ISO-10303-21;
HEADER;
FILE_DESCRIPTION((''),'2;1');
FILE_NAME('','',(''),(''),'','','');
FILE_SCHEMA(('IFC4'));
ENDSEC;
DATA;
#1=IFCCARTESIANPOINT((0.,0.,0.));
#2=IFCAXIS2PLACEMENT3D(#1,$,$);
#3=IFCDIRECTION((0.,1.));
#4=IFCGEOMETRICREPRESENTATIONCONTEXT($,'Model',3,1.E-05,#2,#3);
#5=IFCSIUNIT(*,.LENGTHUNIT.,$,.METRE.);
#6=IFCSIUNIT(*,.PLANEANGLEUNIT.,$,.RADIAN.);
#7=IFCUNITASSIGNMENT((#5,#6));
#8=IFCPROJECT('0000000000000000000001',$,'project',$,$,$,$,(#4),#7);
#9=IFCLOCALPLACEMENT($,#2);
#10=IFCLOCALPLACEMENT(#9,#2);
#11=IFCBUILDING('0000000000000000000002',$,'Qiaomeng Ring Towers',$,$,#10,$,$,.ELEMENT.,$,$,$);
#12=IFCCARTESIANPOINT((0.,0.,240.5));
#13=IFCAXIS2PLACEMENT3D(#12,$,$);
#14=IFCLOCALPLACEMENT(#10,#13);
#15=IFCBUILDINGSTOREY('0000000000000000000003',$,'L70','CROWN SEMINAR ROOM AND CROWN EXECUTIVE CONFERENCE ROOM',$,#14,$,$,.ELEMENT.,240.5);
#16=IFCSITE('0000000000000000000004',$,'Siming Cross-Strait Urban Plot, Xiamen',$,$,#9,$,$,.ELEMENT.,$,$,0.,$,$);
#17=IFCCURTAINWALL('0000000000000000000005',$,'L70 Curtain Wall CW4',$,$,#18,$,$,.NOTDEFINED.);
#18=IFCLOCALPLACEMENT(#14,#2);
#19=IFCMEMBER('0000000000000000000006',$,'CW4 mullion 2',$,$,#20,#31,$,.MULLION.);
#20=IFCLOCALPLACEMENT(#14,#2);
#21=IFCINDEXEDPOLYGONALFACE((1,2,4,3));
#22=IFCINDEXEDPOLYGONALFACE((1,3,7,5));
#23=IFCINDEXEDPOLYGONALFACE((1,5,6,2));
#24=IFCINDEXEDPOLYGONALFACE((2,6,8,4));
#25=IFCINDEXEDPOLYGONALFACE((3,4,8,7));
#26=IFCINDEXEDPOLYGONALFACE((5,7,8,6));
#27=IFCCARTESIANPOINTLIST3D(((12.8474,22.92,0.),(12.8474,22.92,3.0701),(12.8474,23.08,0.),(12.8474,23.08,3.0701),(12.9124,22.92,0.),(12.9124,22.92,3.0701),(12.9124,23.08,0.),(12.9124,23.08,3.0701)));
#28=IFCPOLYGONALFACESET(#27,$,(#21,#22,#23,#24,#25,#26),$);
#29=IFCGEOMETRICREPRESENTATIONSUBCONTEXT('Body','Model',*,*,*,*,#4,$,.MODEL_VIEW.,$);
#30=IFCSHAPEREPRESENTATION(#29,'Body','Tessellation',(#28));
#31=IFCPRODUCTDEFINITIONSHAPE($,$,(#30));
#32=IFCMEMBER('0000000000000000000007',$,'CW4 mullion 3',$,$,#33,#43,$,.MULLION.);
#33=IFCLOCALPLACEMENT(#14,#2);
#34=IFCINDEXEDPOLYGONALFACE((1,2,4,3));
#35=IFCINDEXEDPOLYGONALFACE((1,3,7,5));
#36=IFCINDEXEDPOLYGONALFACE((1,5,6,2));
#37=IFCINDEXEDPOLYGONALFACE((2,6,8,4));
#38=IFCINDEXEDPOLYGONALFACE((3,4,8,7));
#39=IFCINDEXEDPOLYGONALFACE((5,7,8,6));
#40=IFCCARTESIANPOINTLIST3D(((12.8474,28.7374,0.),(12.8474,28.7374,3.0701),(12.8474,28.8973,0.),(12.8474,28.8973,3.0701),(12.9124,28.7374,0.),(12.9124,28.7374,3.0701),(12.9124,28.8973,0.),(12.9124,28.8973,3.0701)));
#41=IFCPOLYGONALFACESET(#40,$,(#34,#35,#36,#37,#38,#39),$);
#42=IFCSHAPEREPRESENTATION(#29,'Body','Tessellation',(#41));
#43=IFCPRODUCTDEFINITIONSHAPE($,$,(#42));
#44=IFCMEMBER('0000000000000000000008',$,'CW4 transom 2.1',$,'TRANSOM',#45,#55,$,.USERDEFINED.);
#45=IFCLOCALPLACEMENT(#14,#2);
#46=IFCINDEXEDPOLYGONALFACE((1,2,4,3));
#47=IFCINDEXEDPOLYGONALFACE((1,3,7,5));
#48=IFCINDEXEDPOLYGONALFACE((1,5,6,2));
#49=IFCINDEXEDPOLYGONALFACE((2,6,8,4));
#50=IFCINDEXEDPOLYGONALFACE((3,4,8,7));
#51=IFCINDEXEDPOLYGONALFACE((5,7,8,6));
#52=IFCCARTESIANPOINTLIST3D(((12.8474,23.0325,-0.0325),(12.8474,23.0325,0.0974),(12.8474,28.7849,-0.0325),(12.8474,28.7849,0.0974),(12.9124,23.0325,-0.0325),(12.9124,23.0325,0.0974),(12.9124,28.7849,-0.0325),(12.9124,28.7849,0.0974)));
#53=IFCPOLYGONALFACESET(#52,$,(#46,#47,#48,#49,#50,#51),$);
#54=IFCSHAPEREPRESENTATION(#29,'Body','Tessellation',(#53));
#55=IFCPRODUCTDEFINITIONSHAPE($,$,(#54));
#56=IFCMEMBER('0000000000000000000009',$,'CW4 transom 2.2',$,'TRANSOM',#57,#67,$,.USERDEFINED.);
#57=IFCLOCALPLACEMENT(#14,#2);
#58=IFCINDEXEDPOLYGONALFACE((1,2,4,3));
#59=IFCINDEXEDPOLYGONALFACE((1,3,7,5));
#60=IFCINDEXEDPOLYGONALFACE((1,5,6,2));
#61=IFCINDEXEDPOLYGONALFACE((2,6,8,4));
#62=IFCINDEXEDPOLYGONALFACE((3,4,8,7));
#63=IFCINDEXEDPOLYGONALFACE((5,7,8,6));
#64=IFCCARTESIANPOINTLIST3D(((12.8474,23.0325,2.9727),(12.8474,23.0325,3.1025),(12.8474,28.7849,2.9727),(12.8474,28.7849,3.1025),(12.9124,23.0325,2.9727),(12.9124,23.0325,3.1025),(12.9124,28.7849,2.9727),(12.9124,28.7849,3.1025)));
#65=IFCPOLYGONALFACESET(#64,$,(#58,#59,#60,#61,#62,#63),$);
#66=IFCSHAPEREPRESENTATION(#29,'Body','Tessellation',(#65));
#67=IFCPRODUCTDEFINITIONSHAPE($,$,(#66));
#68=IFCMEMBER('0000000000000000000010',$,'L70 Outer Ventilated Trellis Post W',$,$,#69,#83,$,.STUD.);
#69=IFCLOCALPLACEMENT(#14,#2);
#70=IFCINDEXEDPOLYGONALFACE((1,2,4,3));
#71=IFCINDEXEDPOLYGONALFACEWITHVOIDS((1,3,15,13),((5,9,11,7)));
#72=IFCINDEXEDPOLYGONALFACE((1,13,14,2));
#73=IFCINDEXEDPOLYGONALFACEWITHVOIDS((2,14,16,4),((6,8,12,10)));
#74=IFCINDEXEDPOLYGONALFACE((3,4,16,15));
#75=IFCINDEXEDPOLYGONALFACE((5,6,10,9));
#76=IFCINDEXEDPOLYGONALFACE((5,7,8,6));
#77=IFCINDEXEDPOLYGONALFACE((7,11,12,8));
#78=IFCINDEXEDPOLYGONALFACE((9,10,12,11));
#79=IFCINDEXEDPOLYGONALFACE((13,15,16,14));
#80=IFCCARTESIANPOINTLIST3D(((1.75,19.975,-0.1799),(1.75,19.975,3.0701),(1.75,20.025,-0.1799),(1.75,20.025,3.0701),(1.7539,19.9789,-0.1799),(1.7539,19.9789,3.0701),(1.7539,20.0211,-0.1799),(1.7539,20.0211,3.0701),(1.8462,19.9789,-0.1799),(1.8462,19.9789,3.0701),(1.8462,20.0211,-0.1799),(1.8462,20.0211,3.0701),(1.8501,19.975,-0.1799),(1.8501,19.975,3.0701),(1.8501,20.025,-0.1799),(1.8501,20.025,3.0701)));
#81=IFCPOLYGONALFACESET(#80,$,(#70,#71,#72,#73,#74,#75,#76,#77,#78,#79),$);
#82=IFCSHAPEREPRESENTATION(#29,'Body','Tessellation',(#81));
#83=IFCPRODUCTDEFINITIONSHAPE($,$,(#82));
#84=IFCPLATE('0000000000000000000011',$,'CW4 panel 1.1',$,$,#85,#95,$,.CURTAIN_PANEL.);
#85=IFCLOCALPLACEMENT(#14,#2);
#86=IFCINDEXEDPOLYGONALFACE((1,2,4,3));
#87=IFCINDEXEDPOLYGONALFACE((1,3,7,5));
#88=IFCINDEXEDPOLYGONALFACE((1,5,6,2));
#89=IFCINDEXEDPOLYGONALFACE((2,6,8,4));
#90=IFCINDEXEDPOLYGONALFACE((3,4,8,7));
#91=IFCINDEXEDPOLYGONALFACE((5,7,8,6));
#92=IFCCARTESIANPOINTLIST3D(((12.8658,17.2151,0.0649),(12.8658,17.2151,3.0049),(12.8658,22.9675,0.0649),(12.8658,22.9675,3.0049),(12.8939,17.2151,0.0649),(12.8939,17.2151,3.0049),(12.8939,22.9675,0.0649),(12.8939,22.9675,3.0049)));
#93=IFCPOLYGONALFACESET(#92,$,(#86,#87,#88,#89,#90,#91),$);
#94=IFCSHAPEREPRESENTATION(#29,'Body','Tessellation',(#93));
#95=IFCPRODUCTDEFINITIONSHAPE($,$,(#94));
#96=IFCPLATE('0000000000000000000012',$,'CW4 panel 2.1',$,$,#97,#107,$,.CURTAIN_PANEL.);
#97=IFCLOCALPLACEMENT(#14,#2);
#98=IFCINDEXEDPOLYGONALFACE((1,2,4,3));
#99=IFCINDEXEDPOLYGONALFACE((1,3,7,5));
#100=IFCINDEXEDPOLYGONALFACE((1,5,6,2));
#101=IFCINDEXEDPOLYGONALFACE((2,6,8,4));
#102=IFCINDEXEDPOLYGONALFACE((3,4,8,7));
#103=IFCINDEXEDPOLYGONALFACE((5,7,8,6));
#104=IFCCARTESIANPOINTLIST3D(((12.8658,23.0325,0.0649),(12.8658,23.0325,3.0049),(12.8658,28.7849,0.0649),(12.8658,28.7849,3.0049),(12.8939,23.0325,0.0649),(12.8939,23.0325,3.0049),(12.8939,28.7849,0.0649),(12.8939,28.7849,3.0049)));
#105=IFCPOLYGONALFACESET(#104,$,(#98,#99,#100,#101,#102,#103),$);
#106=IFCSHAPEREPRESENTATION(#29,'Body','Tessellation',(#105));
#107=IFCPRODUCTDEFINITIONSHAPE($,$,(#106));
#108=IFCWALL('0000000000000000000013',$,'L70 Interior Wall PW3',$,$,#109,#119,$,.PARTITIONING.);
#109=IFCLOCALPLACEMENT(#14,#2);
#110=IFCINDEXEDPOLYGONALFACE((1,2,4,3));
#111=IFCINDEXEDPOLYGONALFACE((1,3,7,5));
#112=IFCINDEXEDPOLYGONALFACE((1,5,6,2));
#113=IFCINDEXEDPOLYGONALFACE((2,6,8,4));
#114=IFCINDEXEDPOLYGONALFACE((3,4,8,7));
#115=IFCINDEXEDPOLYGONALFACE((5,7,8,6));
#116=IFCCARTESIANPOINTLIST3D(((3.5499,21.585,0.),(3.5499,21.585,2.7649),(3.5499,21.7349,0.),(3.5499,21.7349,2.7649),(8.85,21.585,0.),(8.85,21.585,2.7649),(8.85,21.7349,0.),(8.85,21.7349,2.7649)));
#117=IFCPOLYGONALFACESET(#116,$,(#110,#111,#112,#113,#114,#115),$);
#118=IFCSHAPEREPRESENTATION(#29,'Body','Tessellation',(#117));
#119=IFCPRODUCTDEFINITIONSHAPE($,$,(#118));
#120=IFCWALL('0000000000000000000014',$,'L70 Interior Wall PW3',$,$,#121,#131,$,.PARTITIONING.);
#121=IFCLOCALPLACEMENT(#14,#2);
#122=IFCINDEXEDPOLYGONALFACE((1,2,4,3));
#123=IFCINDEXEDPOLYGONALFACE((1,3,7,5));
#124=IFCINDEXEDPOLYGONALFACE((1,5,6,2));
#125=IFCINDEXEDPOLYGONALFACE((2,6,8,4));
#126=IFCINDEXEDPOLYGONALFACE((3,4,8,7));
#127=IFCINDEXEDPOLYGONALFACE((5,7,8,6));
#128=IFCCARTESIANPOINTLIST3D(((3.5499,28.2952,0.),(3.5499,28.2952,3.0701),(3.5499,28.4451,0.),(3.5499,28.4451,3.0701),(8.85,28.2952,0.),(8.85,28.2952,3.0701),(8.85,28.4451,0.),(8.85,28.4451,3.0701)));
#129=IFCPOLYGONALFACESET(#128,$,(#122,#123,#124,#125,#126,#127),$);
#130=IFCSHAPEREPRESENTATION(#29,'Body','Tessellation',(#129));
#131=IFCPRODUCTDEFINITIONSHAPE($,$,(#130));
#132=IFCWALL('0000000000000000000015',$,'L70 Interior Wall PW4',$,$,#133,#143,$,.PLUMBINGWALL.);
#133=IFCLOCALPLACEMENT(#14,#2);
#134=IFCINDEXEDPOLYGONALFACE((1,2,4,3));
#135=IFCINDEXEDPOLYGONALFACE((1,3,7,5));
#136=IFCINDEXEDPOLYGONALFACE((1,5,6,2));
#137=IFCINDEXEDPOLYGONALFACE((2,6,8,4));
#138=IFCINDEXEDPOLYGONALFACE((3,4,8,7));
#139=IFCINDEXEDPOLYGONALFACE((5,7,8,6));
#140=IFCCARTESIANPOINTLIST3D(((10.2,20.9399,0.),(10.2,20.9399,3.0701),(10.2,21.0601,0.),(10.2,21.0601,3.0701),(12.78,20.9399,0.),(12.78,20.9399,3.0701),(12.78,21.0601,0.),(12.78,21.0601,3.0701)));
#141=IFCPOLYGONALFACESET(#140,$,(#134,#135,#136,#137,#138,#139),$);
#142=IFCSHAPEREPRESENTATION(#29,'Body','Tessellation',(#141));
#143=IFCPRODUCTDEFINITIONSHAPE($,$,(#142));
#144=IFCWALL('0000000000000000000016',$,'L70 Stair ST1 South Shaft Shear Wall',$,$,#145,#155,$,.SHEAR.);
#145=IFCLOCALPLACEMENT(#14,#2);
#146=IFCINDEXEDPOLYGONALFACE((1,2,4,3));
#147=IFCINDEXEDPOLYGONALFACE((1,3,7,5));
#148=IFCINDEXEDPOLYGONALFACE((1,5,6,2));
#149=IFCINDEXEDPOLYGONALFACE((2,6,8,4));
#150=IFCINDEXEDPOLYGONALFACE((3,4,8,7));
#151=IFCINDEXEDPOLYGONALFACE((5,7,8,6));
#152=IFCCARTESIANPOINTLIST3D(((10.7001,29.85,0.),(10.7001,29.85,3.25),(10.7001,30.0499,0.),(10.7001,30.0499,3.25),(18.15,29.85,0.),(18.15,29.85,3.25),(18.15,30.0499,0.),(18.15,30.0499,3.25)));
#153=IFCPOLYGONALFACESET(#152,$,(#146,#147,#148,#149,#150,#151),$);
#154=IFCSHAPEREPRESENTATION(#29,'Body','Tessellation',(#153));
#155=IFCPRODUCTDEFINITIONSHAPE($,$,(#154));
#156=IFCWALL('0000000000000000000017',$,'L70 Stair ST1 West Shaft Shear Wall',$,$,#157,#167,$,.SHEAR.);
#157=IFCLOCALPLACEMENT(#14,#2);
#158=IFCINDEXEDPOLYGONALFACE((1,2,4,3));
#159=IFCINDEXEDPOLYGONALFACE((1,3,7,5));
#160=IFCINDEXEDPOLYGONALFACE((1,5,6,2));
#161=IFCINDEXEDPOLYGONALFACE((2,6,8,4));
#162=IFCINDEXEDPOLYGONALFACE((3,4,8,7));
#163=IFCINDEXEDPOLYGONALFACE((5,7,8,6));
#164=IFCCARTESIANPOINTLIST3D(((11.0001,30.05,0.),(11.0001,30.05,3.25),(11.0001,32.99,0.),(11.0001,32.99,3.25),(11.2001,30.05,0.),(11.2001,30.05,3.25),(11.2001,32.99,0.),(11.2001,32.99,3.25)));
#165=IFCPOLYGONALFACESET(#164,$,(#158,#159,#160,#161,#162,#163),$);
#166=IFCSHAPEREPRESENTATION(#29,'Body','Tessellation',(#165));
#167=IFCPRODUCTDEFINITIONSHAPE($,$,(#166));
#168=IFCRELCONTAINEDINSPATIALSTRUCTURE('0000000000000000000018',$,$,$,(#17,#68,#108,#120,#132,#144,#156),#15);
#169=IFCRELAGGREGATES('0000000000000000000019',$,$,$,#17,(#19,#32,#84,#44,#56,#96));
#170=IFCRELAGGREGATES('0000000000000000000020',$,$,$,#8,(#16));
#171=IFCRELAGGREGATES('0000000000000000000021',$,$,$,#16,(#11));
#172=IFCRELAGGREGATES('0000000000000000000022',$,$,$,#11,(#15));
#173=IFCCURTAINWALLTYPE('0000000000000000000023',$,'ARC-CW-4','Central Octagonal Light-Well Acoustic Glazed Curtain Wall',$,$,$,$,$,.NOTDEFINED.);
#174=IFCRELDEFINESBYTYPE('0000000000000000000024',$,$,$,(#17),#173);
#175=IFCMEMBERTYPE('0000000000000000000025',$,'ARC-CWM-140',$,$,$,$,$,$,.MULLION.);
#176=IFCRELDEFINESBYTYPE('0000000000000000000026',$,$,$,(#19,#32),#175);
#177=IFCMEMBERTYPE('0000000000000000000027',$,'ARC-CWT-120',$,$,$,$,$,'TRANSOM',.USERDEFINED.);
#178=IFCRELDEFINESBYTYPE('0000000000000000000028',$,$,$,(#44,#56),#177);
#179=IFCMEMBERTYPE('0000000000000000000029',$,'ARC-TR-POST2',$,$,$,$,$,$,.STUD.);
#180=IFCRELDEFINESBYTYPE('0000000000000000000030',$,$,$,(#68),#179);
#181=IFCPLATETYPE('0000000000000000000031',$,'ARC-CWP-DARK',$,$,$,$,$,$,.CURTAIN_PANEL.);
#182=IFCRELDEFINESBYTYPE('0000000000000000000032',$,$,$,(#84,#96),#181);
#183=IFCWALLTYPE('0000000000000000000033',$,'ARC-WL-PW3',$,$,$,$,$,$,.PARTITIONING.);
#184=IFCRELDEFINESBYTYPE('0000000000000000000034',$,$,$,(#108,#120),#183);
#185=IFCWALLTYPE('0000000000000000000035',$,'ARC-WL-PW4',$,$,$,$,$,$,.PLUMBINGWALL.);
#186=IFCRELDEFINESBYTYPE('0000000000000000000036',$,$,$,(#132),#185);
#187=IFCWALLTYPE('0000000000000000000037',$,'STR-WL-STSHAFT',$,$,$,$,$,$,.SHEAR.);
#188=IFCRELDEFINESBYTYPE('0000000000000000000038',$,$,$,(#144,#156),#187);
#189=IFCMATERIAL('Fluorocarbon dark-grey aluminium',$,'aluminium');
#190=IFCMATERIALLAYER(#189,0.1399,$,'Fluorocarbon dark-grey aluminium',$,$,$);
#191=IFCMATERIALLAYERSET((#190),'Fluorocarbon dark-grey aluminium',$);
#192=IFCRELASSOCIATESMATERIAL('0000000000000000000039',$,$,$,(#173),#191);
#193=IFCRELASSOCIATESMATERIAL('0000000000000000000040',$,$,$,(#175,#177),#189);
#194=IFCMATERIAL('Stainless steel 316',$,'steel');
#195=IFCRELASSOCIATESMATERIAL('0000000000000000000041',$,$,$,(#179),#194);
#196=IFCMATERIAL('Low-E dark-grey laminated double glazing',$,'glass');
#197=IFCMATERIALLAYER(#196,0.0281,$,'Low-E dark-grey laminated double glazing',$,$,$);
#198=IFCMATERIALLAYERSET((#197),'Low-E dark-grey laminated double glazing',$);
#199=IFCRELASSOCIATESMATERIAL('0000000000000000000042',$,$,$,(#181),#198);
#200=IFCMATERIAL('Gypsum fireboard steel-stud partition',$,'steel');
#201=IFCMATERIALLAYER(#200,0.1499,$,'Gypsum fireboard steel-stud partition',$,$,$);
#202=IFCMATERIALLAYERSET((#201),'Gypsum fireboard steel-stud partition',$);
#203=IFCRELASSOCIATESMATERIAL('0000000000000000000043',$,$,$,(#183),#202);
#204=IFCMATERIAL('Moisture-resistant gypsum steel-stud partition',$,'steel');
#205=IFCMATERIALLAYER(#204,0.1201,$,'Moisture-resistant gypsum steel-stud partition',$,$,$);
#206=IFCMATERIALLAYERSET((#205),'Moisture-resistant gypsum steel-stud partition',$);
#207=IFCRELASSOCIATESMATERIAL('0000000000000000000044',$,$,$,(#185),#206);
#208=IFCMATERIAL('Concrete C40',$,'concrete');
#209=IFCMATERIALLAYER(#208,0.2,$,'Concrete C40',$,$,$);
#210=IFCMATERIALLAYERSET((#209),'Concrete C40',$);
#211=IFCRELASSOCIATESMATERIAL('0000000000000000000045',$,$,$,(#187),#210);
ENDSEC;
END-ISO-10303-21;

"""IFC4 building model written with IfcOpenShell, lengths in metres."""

from ifc_helpers import new_model, si_unit, direction, frame, frame_2d, origin, origin_2d, place, context, subcontext, project, spatial, rectangle, hollow_rectangle, extrude, source, transform, mapped, material, layer, layer_set, material_profile, profile_set, type_object, element, aggregate, save


model = new_model("IFC4")

# Units and contexts
model_context = context("Model", 3, precision=1e-05, world=origin(), true_north=direction((0.0, 1.0)))
body_context = subcontext(model_context, "Body", "Model", "MODEL_VIEW")
ifc_project = project(units=[si_unit("LENGTHUNIT", "METRE"), si_unit("PLANEANGLEUNIT", "RADIAN")], contexts=[model_context])

# Site, building, storey
site_placement = place(None, origin())
site = spatial("IfcSite", under=ifc_project, at=site_placement, Name="Siming Cross-Strait Urban Plot, Xiamen", CompositionType="ELEMENT", RefElevation=0.0)
building_placement = place(site_placement, origin())
building = spatial("IfcBuilding", under=site, at=building_placement, Name="Qiaomeng Ring Towers", CompositionType="ELEMENT")
storey_placement = place(building_placement, frame((0.0, 0.0, 240.5)))
storey = spatial("IfcBuildingStorey", under=building, at=storey_placement, Name="L70", Description="CROWN SEMINAR ROOM AND CROWN EXECUTIVE CONFERENCE ROOM", CompositionType="ELEMENT", Elevation=240.5)

# Shared definitions
ifc_material_1 = material(Name="Concrete C40", Category="concrete")

# Curtain wall, members
ifc_material_2 = material(Name="Fluorocarbon dark-grey aluminium", Category="aluminium")
ifc_layer_1 = layer(ifc_material_2, 0.1399, Name="Fluorocarbon dark-grey aluminium")
ifc_layer_set_1 = layer_set([ifc_layer_1], Name="Fluorocarbon dark-grey aluminium")
curtain_wall_type = type_object("IfcCurtainWallType", Name="ARC-CW-4", Description="Central Octagonal Light-Well Acoustic Glazed Curtain Wall", PredefinedType="NOTDEFINED", material=ifc_layer_set_1)
curtain_wall_placement = place(storey_placement, origin())
curtain_wall = element("IfcCurtainWall", 1, at=curtain_wall_placement, inside=storey, type_object=curtain_wall_type, Name="L70 Curtain Wall CW4", PredefinedType="NOTDEFINED")
ifc_material_profile_1 = material_profile(ifc_material_2, rectangle(XDim=0.0649, YDim=0.1599, at=origin_2d()), Name="ALU MULL 65x160")
ifc_profile_set_1 = profile_set([ifc_material_profile_1], Name="Fluorocarbon dark-grey aluminium")
member_type_1 = type_object("IfcMemberType", Name="ARC-CWM-140", PredefinedType="MULLION", material=ifc_profile_set_1)
shared_shape_1 = source(origin(), body_context, "Body", "SweptSolid", [
    extrude(rectangle(XDim=0.0649, YDim=0.1599, at=origin_2d()), origin(), (0.0, 0.0, 1.0), 3.0701),
])
member_1_placement = place(storey_placement, frame((12.8799, 23.0, 0.0), z_axis=(0.0, 0.0, 1.0), x_axis=(-1.0, 0.0, 0.0)))
member_1 = element("IfcMember", 2, at=member_1_placement, type_object=member_type_1, Name="CW4 mullion 2", PredefinedType="MULLION", context=body_context, shape_type="MappedRepresentation", body=[
    mapped(shared_shape_1, transform((0.0, 0.0, 0.0), x_axis=(1.0, 0.0, 0.0), y_axis=(0.0, 1.0, 0.0), z_axis=(0.0, 0.0, 1.0), scale=1.0)),
])
member_2_placement = place(storey_placement, frame((12.8799, 28.8174, 0.0), z_axis=(0.0, 0.0, 1.0), x_axis=(-1.0, 0.0, 0.0)))
member_2 = element("IfcMember", 3, at=member_2_placement, type_object=member_type_1, Name="CW4 mullion 3", PredefinedType="MULLION", context=body_context, shape_type="MappedRepresentation", body=[
    mapped(shared_shape_1, transform((0.0, 0.0, 0.0), x_axis=(1.0, 0.0, 0.0), y_axis=(0.0, 1.0, 0.0), z_axis=(0.0, 0.0, 1.0), scale=1.0)),
])
ifc_material_profile_2 = material_profile(ifc_material_2, rectangle(XDim=0.0649, YDim=0.1299, at=origin_2d()), Name="ALU TRAN 65x130")
ifc_profile_set_2 = profile_set([ifc_material_profile_2], Name="Fluorocarbon dark-grey aluminium")
member_type_2 = type_object("IfcMemberType", Name="ARC-CWT-120", ElementType="TRANSOM", PredefinedType="USERDEFINED", material=ifc_profile_set_2)
shared_shape_2 = source(origin(), body_context, "Body", "SweptSolid", [
    extrude(rectangle(XDim=0.0649, YDim=0.1299, at=origin_2d()), origin(), (0.0, 0.0, 1.0), 5.7524),
])
member_3_placement = place(storey_placement, frame((12.8799, 23.0325, 0.0325), z_axis=(0.0, 1.0, 0.0), x_axis=(-1.0, 0.0, 0.0)))
member_3 = element("IfcMember", 4, at=member_3_placement, type_object=member_type_2, Name="CW4 transom 2.1", ObjectType="TRANSOM", PredefinedType="USERDEFINED", context=body_context, shape_type="MappedRepresentation", body=[
    mapped(shared_shape_2, transform((0.0, 0.0, 0.0), x_axis=(1.0, 0.0, 0.0), y_axis=(0.0, 1.0, 0.0), z_axis=(0.0, 0.0, 1.0), scale=1.0)),
])
member_4_placement = place(storey_placement, frame((12.8799, 23.0325, 3.0376), z_axis=(0.0, 1.0, 0.0), x_axis=(-1.0, 0.0, 0.0)))
member_4 = element("IfcMember", 5, at=member_4_placement, type_object=member_type_2, Name="CW4 transom 2.2", ObjectType="TRANSOM", PredefinedType="USERDEFINED", context=body_context, shape_type="MappedRepresentation", body=[
    mapped(shared_shape_2, transform((0.0, 0.0, 0.0), x_axis=(1.0, 0.0, 0.0), y_axis=(0.0, 1.0, 0.0), z_axis=(0.0, 0.0, 1.0), scale=1.0)),
])

# Member
ifc_material_3 = material(Name="Stainless steel 316", Category="steel")
ifc_material_profile_3 = material_profile(ifc_material_3, hollow_rectangle(XDim=0.05, YDim=0.1001, WallThickness=0.0039, at=origin_2d()), Name="SS TRELLIS 100x50")
ifc_profile_set_3 = profile_set([ifc_material_profile_3], Name="Stainless steel 316")
member_type_3 = type_object("IfcMemberType", Name="ARC-TR-POST2", PredefinedType="STUD", material=ifc_profile_set_3)
shared_shape_3 = source(origin(), body_context, "Body", "SweptSolid", [
    extrude(hollow_rectangle(XDim=0.05, YDim=0.1001, WallThickness=0.0039, at=origin_2d()), origin(), (0.0, 0.0, 1.0), 3.25),
])
member_5_placement = place(storey_placement, frame((1.8, 20.0, -0.1799), z_axis=(0.0, 0.0, 1.0), x_axis=(0.0, 1.0, 0.0)))
element("IfcMember", 6, at=member_5_placement, inside=storey, type_object=member_type_3, Name="L70 Outer Ventilated Trellis Post W", PredefinedType="STUD", context=body_context, shape_type="MappedRepresentation", body=[
    mapped(shared_shape_3, transform((0.0, 0.0, 0.0), x_axis=(1.0, 0.0, 0.0), y_axis=(0.0, 1.0, 0.0), z_axis=(0.0, 0.0, 1.0), scale=1.0)),
])

# Plates
ifc_material_4 = material(Name="Low-E dark-grey laminated double glazing", Category="glass")
ifc_layer_2 = layer(ifc_material_4, 0.0281, Name="Low-E dark-grey laminated double glazing")
ifc_layer_set_2 = layer_set([ifc_layer_2], Name="Low-E dark-grey laminated double glazing")
plate_type = type_object("IfcPlateType", Name="ARC-CWP-DARK", PredefinedType="CURTAIN_PANEL", material=ifc_layer_set_2)
shared_shape_4 = source(origin(), body_context, "Body", "SweptSolid", [
    extrude(rectangle(XDim=5.7524, YDim=0.0281, at=origin_2d()), origin(), (0.0, 0.0, 1.0), 2.9399),
])
plate_1_placement = place(storey_placement, frame((12.8799, 20.0913, 0.0649), z_axis=(0.0, 0.0, 1.0), x_axis=(0.0, 1.0, 0.0)))
plate_1 = element("IfcPlate", 7, at=plate_1_placement, type_object=plate_type, Name="CW4 panel 1.1", PredefinedType="CURTAIN_PANEL", context=body_context, shape_type="MappedRepresentation", body=[
    mapped(shared_shape_4, transform((0.0, 0.0, 0.0), x_axis=(1.0, 0.0, 0.0), y_axis=(0.0, 1.0, 0.0), z_axis=(0.0, 0.0, 1.0), scale=1.0)),
])
plate_2_placement = place(storey_placement, frame((12.8799, 25.9087, 0.0649), z_axis=(0.0, 0.0, 1.0), x_axis=(0.0, 1.0, 0.0)))
plate_2 = element("IfcPlate", 8, at=plate_2_placement, type_object=plate_type, Name="CW4 panel 2.1", PredefinedType="CURTAIN_PANEL", context=body_context, shape_type="MappedRepresentation", body=[
    mapped(shared_shape_4, transform((0.0, 0.0, 0.0), x_axis=(1.0, 0.0, 0.0), y_axis=(0.0, 1.0, 0.0), z_axis=(0.0, 0.0, 1.0), scale=1.0)),
])
aggregate(curtain_wall, [member_1, member_2, plate_1, member_3, member_4, plate_2])

# Walls
ifc_material_5 = material(Name="Gypsum fireboard steel-stud partition", Category="steel")
ifc_layer_3 = layer(ifc_material_5, 0.1499, Name="Gypsum fireboard steel-stud partition")
ifc_layer_set_3 = layer_set([ifc_layer_3], Name="Gypsum fireboard steel-stud partition")
wall_type_1 = type_object("IfcWallType", Name="ARC-WL-PW3", PredefinedType="PARTITIONING", material=ifc_layer_set_3)
wall_1_placement = place(storey_placement, frame((3.55, 21.6599, 0.0), z_axis=(0.0, 0.0, 1.0), x_axis=(1.0, 0.0, 0.0)))
element("IfcWall", 9, at=wall_1_placement, inside=storey, type_object=wall_type_1, Name="L70 Interior Wall PW3", PredefinedType="PARTITIONING", context=body_context, shape_type="SweptSolid", body=[
    extrude(rectangle(XDim=5.3, YDim=0.1499, at=frame_2d((2.6499, 0.0))), origin(), (0.0, 0.0, 1.0), 2.7649),
])
wall_2_placement = place(storey_placement, frame((3.55, 28.3701, 0.0), z_axis=(0.0, 0.0, 1.0), x_axis=(1.0, 0.0, 0.0)))
element("IfcWall", 10, at=wall_2_placement, inside=storey, type_object=wall_type_1, Name="L70 Interior Wall PW3", PredefinedType="PARTITIONING", context=body_context, shape_type="SweptSolid", body=[
    extrude(rectangle(XDim=5.3, YDim=0.1499, at=frame_2d((2.6499, 0.0))), origin(), (0.0, 0.0, 1.0), 3.0701),
])
ifc_material_6 = material(Name="Moisture-resistant gypsum steel-stud partition", Category="steel")
ifc_layer_4 = layer(ifc_material_6, 0.1201, Name="Moisture-resistant gypsum steel-stud partition")
ifc_layer_set_4 = layer_set([ifc_layer_4], Name="Moisture-resistant gypsum steel-stud partition")
wall_type_2 = type_object("IfcWallType", Name="ARC-WL-PW4", PredefinedType="PLUMBINGWALL", material=ifc_layer_set_4)
wall_3_placement = place(storey_placement, frame((10.2, 21.0, 0.0), z_axis=(0.0, 0.0, 1.0), x_axis=(1.0, 0.0, 0.0)))
element("IfcWall", 11, at=wall_3_placement, inside=storey, type_object=wall_type_2, Name="L70 Interior Wall PW4", PredefinedType="PLUMBINGWALL", context=body_context, shape_type="SweptSolid", body=[
    extrude(rectangle(XDim=2.5801, YDim=0.1201, at=frame_2d((1.29, 0.0))), origin(), (0.0, 0.0, 1.0), 3.0701),
])
ifc_layer_5 = layer(ifc_material_1, 0.2, Name="Concrete C40")
ifc_layer_set_5 = layer_set([ifc_layer_5], Name="Concrete C40")
wall_type_3 = type_object("IfcWallType", Name="STR-WL-STSHAFT", PredefinedType="SHEAR", material=ifc_layer_set_5)
wall_4_placement = place(storey_placement, frame((10.7, 29.95, 0.0), z_axis=(0.0, 0.0, 1.0), x_axis=(1.0, 0.0, 0.0)))
element("IfcWall", 12, at=wall_4_placement, inside=storey, type_object=wall_type_3, Name="L70 Stair ST1 South Shaft Shear Wall", PredefinedType="SHEAR", context=body_context, shape_type="SweptSolid", body=[
    extrude(rectangle(XDim=7.45, YDim=0.2, at=frame_2d((3.7251, 0.0))), origin(), (0.0, 0.0, 1.0), 3.25),
])
for number, where, z_axis, x_axis, name in (
    (13, (11.1001, 30.05, 0.0), (0.0, 0.0, 1.0), (0.0, 1.0, 0.0), "L70 Stair ST1 West Shaft Shear Wall"),
):
    element("IfcWall", number, at=place(storey_placement, frame(where, z_axis=z_axis, x_axis=x_axis)), inside=storey, type_object=wall_type_3, Name=name, PredefinedType="SHEAR", context=body_context, shape_type="SweptSolid", body=[
        extrude(rectangle(XDim=2.9399, YDim=0.2, at=frame_2d((1.47, 0.0))), origin(), (0.0, 0.0, 1.0), 3.25),
    ])

save(model, "model.ifc")
